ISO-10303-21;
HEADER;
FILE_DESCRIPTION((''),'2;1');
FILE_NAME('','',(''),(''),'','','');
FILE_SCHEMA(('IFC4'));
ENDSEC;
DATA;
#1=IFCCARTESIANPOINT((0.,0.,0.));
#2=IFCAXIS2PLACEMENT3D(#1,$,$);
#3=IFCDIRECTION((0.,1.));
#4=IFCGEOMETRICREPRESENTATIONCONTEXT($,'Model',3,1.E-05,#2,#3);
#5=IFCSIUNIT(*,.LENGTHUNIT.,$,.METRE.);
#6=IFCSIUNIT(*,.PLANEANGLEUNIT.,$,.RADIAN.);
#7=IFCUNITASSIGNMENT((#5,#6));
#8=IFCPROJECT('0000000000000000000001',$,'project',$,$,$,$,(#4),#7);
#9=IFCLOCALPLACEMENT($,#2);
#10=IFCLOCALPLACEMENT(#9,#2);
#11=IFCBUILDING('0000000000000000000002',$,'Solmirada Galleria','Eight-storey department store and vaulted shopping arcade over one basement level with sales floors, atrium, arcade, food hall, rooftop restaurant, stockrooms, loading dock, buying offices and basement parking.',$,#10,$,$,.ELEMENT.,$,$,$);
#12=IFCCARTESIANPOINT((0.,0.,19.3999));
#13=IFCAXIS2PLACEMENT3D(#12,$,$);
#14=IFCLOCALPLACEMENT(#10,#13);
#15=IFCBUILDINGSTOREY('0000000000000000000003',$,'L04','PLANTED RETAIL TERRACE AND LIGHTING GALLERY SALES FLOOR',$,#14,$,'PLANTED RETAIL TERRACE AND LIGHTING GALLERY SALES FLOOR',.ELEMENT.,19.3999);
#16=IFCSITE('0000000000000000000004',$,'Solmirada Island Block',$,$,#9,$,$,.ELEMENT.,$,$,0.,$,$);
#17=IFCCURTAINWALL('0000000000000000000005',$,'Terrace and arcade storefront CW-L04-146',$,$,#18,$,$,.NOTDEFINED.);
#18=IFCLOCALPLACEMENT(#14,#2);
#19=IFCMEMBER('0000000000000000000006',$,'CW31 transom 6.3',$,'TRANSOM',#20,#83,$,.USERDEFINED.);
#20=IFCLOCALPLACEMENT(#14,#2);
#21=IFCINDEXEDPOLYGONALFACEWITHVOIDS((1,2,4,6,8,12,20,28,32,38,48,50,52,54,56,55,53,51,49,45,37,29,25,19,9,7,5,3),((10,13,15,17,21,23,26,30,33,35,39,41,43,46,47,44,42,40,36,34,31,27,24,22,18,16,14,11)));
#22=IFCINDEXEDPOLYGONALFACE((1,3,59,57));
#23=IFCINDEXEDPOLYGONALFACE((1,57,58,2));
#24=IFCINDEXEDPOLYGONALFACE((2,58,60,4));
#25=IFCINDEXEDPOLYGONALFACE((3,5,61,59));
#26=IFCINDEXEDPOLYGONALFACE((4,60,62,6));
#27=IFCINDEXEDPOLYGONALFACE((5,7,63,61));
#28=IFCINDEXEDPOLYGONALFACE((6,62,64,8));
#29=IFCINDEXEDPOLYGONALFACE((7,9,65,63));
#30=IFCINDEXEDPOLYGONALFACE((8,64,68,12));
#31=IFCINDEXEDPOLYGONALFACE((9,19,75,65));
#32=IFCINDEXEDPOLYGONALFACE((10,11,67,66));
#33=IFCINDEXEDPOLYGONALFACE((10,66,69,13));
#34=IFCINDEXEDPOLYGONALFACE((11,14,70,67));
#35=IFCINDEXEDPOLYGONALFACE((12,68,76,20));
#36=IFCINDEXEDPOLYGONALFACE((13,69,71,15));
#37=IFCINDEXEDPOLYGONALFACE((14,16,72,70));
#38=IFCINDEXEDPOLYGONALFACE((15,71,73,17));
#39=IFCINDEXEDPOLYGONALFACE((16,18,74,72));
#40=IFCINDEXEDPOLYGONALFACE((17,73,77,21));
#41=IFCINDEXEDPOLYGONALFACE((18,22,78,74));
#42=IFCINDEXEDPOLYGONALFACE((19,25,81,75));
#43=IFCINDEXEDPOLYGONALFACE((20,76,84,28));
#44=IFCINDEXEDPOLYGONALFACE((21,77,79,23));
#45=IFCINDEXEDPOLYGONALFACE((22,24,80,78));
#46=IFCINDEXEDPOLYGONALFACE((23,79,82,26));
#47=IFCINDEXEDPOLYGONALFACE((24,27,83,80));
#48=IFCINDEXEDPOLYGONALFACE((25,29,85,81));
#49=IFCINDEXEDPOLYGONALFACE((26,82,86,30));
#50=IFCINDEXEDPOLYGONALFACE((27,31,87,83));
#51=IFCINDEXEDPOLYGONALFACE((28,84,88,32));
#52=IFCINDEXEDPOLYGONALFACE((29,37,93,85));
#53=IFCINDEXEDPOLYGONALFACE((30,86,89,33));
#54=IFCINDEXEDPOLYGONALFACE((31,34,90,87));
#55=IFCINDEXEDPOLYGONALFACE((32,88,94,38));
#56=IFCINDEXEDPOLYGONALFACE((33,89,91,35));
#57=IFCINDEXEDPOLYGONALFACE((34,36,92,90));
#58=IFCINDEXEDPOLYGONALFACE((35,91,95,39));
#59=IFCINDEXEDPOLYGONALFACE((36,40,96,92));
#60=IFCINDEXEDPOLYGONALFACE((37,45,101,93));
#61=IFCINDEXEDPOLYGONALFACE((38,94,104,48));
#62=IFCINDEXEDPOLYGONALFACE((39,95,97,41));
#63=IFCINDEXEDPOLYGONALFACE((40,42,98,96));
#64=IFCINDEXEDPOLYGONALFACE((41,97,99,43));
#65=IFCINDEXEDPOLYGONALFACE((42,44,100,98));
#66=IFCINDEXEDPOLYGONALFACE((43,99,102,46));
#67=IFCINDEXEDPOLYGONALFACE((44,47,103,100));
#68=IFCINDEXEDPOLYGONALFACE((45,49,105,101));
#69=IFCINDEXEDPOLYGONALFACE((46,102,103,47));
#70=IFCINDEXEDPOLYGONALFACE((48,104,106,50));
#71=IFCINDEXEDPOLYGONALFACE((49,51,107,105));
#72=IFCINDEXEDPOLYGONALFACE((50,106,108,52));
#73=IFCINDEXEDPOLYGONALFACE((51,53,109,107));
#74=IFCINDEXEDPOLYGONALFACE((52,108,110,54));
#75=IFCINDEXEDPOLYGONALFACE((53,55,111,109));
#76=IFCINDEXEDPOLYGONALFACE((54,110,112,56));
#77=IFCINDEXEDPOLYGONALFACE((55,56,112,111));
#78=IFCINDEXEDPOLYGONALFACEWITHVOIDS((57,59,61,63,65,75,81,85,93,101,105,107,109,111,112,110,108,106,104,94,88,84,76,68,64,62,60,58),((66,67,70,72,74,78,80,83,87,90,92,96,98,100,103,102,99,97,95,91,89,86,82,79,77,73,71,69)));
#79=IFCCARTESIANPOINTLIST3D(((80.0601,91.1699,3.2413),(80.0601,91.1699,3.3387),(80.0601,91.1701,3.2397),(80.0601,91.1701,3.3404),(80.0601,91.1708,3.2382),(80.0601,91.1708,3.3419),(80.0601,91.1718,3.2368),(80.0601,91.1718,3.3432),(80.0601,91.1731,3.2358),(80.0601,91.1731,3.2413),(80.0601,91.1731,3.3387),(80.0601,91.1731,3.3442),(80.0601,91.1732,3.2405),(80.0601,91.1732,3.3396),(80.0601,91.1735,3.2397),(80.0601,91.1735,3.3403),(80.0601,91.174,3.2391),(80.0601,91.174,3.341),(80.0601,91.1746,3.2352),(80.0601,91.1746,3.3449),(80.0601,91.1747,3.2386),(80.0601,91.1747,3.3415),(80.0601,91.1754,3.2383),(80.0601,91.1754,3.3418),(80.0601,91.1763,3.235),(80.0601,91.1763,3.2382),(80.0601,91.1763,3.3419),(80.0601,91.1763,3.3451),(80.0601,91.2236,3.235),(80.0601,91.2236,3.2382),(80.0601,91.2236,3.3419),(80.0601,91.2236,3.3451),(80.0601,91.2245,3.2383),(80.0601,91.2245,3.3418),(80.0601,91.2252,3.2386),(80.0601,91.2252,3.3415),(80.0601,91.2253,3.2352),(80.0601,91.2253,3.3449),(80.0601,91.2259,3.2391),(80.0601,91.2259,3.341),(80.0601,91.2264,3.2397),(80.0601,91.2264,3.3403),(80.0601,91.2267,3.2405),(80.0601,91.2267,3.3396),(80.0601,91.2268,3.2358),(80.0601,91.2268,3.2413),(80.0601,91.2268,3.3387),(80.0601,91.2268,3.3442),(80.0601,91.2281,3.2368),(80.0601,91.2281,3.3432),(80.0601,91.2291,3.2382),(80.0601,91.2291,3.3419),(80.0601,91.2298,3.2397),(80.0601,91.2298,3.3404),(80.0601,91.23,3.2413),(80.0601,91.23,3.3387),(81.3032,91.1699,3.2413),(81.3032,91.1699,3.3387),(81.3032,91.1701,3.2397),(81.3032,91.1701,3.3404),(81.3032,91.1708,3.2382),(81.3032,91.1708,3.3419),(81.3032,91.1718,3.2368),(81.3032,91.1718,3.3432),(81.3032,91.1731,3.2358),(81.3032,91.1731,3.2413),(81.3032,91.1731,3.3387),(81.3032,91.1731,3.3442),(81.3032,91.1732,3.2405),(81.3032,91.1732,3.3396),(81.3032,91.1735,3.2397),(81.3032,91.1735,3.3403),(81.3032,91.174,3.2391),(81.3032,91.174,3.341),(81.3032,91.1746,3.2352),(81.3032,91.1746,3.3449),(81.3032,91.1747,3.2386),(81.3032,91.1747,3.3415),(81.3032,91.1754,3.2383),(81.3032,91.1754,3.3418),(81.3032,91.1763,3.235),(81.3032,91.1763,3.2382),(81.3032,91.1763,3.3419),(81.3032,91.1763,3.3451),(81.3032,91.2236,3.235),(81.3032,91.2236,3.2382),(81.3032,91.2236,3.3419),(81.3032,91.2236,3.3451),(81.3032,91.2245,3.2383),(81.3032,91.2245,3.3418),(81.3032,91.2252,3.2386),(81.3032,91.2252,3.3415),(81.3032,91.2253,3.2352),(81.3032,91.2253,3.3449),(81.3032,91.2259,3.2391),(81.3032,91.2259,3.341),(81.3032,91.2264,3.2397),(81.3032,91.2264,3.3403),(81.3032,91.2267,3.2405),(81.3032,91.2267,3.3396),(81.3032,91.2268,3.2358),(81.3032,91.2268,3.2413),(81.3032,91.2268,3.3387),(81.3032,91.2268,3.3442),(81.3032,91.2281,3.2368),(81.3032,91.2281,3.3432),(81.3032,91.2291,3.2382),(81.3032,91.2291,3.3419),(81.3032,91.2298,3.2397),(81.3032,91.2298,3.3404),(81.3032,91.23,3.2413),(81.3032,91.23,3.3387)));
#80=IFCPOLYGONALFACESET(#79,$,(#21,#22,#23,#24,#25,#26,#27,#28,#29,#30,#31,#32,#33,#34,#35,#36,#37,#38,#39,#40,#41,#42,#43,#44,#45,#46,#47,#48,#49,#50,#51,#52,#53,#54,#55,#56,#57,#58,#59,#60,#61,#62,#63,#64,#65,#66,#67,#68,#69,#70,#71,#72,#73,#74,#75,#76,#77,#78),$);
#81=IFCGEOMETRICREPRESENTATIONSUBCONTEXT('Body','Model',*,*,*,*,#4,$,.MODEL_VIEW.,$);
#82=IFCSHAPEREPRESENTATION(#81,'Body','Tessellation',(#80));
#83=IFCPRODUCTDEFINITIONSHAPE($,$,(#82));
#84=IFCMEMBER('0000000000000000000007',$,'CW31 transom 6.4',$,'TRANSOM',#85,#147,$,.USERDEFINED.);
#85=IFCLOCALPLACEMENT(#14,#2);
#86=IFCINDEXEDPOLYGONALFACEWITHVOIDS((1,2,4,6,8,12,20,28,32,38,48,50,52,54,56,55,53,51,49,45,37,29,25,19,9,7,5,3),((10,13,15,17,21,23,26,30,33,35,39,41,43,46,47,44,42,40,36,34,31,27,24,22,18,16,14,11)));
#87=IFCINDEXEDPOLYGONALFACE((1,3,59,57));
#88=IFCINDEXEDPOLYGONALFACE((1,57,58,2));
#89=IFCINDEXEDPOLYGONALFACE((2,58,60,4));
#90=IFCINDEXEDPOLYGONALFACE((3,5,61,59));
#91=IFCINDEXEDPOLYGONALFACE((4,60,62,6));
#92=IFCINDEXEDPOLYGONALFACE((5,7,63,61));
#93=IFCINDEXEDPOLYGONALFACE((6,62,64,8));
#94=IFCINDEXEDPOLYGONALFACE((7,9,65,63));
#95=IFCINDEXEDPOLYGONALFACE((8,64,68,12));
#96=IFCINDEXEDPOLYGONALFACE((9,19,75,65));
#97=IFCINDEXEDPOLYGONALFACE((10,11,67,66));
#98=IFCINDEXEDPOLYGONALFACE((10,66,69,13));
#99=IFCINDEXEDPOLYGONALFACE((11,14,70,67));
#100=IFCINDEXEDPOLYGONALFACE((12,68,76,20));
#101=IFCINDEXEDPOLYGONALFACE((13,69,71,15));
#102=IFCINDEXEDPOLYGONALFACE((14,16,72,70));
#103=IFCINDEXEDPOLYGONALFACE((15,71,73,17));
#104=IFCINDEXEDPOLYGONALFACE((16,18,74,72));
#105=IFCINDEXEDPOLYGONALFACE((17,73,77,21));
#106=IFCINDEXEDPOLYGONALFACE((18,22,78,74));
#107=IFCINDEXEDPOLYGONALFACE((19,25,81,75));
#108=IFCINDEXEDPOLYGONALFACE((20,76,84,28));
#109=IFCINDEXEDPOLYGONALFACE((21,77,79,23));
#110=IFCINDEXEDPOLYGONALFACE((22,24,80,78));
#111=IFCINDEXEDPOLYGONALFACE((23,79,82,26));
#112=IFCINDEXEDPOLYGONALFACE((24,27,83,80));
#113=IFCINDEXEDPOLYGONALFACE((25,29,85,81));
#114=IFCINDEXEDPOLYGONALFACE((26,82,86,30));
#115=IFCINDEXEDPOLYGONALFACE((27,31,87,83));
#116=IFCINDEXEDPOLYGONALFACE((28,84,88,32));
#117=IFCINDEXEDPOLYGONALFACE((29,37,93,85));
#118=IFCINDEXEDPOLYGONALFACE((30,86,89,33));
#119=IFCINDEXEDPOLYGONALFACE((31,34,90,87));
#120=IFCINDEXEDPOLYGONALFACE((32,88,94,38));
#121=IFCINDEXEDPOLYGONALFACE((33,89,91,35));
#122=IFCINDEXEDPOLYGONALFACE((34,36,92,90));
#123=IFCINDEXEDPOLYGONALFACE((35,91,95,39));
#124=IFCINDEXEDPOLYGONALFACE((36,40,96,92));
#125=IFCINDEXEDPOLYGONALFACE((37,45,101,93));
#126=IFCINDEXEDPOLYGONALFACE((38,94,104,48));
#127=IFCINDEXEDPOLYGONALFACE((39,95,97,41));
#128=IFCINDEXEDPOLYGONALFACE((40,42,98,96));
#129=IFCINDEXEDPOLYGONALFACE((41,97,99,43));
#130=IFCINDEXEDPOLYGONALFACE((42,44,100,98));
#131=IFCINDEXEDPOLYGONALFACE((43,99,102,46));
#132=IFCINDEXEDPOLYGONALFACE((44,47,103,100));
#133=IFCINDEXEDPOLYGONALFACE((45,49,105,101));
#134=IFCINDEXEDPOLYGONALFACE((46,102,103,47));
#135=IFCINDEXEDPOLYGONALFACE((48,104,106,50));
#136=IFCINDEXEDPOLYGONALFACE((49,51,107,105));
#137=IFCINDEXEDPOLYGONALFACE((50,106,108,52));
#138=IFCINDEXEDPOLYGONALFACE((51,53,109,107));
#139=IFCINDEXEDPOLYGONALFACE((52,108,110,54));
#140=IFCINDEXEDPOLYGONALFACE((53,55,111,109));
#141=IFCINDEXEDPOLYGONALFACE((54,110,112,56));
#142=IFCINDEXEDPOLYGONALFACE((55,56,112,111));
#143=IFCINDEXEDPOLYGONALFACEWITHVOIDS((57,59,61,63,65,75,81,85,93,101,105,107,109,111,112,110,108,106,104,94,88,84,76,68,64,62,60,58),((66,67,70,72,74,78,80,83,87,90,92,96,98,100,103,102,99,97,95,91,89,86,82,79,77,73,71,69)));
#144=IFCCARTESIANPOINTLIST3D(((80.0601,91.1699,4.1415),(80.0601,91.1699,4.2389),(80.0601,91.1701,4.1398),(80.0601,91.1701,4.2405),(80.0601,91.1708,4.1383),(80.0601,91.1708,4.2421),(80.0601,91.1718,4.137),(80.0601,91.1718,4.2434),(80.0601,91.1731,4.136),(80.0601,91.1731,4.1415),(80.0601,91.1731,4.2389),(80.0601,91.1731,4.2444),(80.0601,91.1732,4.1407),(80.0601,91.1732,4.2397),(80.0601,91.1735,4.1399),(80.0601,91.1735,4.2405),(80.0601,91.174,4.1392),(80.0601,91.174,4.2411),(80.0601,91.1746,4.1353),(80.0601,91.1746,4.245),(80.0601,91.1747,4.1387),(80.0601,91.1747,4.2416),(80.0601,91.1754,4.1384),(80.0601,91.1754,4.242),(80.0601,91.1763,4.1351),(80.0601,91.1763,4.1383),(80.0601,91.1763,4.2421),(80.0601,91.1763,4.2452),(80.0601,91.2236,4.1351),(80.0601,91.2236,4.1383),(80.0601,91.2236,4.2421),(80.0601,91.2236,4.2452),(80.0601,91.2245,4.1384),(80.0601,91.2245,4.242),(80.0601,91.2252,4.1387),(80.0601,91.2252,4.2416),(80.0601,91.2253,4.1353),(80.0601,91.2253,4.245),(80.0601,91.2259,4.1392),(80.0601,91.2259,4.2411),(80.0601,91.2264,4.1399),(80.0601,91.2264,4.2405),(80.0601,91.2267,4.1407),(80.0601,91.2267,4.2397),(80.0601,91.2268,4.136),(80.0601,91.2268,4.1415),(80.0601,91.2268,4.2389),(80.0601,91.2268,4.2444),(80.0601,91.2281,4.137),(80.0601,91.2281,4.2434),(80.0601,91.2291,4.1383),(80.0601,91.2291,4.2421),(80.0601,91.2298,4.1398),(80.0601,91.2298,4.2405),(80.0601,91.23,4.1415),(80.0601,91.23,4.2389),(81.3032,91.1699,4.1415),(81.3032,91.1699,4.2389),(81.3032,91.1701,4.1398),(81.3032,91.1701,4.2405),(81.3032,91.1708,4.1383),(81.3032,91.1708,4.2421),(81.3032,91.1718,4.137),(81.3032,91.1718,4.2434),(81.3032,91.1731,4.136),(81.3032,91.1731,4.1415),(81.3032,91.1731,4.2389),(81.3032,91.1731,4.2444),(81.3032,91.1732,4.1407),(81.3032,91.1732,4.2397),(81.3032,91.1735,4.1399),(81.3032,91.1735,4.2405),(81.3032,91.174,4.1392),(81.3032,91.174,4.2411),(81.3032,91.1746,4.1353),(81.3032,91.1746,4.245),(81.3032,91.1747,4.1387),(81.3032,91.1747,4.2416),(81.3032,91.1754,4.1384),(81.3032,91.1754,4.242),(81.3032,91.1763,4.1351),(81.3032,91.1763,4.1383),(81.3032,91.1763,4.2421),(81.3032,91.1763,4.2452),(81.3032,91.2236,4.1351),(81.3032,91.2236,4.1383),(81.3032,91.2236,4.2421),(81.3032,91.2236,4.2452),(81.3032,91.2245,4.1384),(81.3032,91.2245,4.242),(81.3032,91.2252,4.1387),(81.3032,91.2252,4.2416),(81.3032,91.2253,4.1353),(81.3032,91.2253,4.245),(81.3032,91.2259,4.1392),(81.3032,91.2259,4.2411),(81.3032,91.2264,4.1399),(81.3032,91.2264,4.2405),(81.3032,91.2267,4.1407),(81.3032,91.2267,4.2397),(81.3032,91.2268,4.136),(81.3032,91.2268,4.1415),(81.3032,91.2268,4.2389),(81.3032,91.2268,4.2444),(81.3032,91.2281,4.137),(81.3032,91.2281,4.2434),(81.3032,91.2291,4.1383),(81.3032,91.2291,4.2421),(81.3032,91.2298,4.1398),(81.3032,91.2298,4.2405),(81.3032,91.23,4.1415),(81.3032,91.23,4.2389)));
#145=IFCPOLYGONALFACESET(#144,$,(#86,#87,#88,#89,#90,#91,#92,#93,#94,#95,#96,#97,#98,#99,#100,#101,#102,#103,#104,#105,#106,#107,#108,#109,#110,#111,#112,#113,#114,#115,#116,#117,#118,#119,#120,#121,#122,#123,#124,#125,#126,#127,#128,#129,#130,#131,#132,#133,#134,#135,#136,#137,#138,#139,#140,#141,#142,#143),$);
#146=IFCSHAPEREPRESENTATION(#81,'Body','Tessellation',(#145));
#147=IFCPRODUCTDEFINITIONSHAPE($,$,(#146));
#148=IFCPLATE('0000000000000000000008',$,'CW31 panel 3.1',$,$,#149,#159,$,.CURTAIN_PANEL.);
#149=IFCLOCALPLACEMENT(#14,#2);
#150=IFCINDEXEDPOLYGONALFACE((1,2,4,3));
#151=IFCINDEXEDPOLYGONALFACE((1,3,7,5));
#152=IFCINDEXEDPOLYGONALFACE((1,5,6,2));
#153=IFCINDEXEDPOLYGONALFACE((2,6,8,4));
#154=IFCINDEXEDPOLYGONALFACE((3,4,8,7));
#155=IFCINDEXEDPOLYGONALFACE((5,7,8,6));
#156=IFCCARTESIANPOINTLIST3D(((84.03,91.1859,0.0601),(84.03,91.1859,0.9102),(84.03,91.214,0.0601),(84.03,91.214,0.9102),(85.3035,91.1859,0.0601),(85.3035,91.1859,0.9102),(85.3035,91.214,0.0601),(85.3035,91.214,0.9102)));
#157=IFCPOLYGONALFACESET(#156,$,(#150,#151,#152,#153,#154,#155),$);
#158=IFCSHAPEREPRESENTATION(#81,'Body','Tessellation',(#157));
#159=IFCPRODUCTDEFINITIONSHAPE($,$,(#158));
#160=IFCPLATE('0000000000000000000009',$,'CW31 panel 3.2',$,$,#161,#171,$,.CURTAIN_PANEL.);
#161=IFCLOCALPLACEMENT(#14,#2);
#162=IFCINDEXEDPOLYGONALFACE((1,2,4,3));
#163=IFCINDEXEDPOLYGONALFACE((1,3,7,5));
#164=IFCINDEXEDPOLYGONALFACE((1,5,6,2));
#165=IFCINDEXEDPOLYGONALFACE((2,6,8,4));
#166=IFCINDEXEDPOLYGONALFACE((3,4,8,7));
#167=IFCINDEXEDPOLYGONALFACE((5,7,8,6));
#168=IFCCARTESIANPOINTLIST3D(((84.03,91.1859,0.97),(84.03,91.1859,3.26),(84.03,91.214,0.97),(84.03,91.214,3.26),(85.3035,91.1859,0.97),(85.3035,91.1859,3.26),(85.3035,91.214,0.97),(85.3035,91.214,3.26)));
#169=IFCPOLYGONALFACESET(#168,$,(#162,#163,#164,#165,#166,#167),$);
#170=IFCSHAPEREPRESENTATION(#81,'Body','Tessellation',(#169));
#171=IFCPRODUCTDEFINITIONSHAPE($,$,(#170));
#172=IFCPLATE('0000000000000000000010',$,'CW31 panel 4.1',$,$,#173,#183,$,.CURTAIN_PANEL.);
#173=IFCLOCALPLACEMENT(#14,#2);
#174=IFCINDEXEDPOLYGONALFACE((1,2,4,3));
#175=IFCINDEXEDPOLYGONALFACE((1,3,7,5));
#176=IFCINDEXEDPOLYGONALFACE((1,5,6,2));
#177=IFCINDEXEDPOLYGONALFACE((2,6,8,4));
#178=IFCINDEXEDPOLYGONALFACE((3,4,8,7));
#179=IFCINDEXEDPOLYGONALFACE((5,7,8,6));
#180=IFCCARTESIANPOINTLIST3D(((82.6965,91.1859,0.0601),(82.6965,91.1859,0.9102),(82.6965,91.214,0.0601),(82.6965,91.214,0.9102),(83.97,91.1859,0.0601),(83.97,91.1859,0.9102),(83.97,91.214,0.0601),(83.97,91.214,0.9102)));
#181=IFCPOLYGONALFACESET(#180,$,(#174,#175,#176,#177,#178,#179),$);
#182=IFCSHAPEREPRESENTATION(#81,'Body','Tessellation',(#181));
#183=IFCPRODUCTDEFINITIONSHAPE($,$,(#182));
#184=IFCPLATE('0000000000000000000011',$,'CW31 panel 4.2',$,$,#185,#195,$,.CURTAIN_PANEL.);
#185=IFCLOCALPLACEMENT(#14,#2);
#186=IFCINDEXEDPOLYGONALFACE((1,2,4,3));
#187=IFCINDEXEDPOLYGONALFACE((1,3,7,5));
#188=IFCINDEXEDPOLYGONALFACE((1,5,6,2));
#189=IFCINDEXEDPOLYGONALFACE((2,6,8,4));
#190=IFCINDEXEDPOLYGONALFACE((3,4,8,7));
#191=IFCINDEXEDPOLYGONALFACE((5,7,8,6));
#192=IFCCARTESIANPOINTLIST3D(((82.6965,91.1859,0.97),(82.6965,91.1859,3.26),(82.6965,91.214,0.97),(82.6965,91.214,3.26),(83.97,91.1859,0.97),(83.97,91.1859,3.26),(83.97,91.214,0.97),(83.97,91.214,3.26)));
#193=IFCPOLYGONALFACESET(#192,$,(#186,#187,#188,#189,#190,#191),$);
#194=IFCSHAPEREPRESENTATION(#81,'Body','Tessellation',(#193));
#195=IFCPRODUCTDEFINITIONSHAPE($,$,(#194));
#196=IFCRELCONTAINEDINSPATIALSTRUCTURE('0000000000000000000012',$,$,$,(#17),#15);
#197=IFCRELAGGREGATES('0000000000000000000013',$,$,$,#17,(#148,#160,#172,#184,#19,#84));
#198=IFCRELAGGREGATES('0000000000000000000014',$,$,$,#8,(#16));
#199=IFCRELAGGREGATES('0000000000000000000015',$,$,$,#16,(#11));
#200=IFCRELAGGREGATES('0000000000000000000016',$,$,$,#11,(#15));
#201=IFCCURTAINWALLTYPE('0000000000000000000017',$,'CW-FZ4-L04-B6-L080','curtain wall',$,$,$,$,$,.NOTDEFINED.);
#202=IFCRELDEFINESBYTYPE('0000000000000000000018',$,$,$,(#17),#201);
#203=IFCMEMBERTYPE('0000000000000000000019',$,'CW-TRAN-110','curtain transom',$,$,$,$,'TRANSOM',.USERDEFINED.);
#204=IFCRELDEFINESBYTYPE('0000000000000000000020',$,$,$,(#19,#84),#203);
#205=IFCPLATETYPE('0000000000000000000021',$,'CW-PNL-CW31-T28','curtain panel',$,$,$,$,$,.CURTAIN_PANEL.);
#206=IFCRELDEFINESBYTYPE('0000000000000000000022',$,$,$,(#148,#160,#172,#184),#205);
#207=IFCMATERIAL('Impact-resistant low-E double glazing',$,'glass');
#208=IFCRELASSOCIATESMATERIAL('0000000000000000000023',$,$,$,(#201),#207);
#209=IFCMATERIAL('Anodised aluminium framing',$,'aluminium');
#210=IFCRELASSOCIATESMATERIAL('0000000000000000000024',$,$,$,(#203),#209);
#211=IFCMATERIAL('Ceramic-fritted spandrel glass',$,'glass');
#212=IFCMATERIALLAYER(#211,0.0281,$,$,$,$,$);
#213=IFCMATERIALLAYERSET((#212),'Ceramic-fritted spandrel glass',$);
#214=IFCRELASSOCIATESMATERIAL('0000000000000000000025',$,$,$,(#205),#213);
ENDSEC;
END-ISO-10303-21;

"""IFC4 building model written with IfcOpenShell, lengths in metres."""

from ifc_helpers import new_model, si_unit, direction, frame, origin, origin_2d, place, context, subcontext, project, spatial, rectangle, hollow_rectangle, extrude, material, layer, layer_set, material_profile, profile_set, type_object, element, aggregate, save


model = new_model("IFC4")

# Units and contexts
model_context = context("Model", 3, precision=1e-05, world=origin(), true_north=direction((0.0, 1.0)))
body_context = subcontext(model_context, "Body", "Model", "MODEL_VIEW")
ifc_project = project(units=[si_unit("LENGTHUNIT", "METRE"), si_unit("PLANEANGLEUNIT", "RADIAN")], contexts=[model_context])

# Site, building, storey
site_placement = place(None, origin())
site = spatial("IfcSite", under=ifc_project, at=site_placement, Name="Solmirada Island Block", CompositionType="ELEMENT", RefElevation=0.0)
building_placement = place(site_placement, origin())
building = spatial("IfcBuilding", under=site, at=building_placement, Name="Solmirada Galleria", Description="Eight-storey department store and vaulted shopping arcade over one basement level with sales floors, atrium, arcade, food hall, rooftop restaurant, stockrooms, loading dock, buying offices and basement parking.", CompositionType="ELEMENT")
storey_placement = place(building_placement, frame((0.0, 0.0, 19.3999)))
storey = spatial("IfcBuildingStorey", under=building, at=storey_placement, Name="L04", Description="PLANTED RETAIL TERRACE AND LIGHTING GALLERY SALES FLOOR", LongName="PLANTED RETAIL TERRACE AND LIGHTING GALLERY SALES FLOOR", CompositionType="ELEMENT", Elevation=19.3999)

# Curtain wall, members, plates
ifc_material_1 = material(Name="Impact-resistant low-E double glazing", Category="glass")
curtain_wall_type = type_object("IfcCurtainWallType", Name="CW-FZ4-L04-B6-L080", Description="curtain wall", PredefinedType="NOTDEFINED", material=ifc_material_1)
curtain_wall_placement = place(storey_placement, origin())
curtain_wall = element("IfcCurtainWall", 1, at=curtain_wall_placement, inside=storey, type_object=curtain_wall_type, Name="Terrace and arcade storefront CW-L04-146", PredefinedType="NOTDEFINED")
ifc_material_2 = material(Name="Anodised aluminium framing", Category="aluminium")
ifc_material_profile_1 = material_profile(ifc_material_2, hollow_rectangle(XDim=0.0601, YDim=0.1101, WallThickness=0.0032, InnerFilletRadius=0.0032, OuterFilletRadius=0.0063, at=origin_2d()), Name="ALU-TRAN-110X60")
ifc_profile_set_1 = profile_set([ifc_material_profile_1], Name="Anodised aluminium framing")
member_type_1 = type_object("IfcMemberType", Name="CW-TRAN-110", Description="curtain transom", ElementType="TRANSOM", PredefinedType="USERDEFINED", material=ifc_profile_set_1)
member_1_placement = place(storey_placement, frame((81.3032, 91.2, 3.29), z_axis=(-1.0, 0.0, 0.0), x_axis=(0.0, -1.0, 0.0)))
member_1 = element("IfcMember", 2, at=member_1_placement, type_object=member_type_1, Name="CW31 transom 6.3", ObjectType="TRANSOM", PredefinedType="USERDEFINED", context=body_context, shape_type="SweptSolid", body=[
    extrude(hollow_rectangle(XDim=0.0601, YDim=0.1101, WallThickness=0.0032, InnerFilletRadius=0.0032, OuterFilletRadius=0.0063, at=origin_2d()), origin(), (0.0, 0.0, 1.0), 1.2432),
])
member_2_placement = place(storey_placement, frame((81.3032, 91.2, 4.1902), z_axis=(-1.0, 0.0, 0.0), x_axis=(0.0, -1.0, 0.0)))
member_2 = element("IfcMember", 3, at=member_2_placement, type_object=member_type_1, Name="CW31 transom 6.4", ObjectType="TRANSOM", PredefinedType="USERDEFINED", context=body_context, shape_type="SweptSolid", body=[
    extrude(hollow_rectangle(XDim=0.0601, YDim=0.1101, WallThickness=0.0032, InnerFilletRadius=0.0032, OuterFilletRadius=0.0063, at=origin_2d()), origin(), (0.0, 0.0, 1.0), 1.2432),
])
ifc_material_3 = material(Name="Ceramic-fritted spandrel glass", Category="glass")
ifc_layer = layer(ifc_material_3, 0.0281)
ifc_layer_set = layer_set([ifc_layer], Name="Ceramic-fritted spandrel glass")
plate_type = type_object("IfcPlateType", Name="CW-PNL-CW31-T28", Description="curtain panel", PredefinedType="CURTAIN_PANEL", material=ifc_layer_set)
plate_1_placement = place(storey_placement, frame((84.6667, 91.2, 0.0601), z_axis=(0.0, 0.0, 1.0), x_axis=(-1.0, 0.0, 0.0)))
plate_1 = element("IfcPlate", 4, at=plate_1_placement, type_object=plate_type, Name="CW31 panel 3.1", PredefinedType="CURTAIN_PANEL", context=body_context, shape_type="SweptSolid", body=[
    extrude(rectangle(XDim=1.2734, YDim=0.0281, at=origin_2d()), origin(), (0.0, 0.0, 1.0), 0.8501),
])
plate_2_placement = place(storey_placement, frame((84.6667, 91.2, 0.97), z_axis=(0.0, 0.0, 1.0), x_axis=(-1.0, 0.0, 0.0)))
plate_2 = element("IfcPlate", 5, at=plate_2_placement, type_object=plate_type, Name="CW31 panel 3.2", PredefinedType="CURTAIN_PANEL", context=body_context, shape_type="SweptSolid", body=[
    extrude(rectangle(XDim=1.2734, YDim=0.0281, at=origin_2d()), origin(), (0.0, 0.0, 1.0), 2.29),
])
plate_3_placement = place(storey_placement, frame((83.3333, 91.2, 0.0601), z_axis=(0.0, 0.0, 1.0), x_axis=(-1.0, 0.0, 0.0)))
plate_3 = element("IfcPlate", 6, at=plate_3_placement, type_object=plate_type, Name="CW31 panel 4.1", PredefinedType="CURTAIN_PANEL", context=body_context, shape_type="SweptSolid", body=[
    extrude(rectangle(XDim=1.2734, YDim=0.0281, at=origin_2d()), origin(), (0.0, 0.0, 1.0), 0.8501),
])
plate_4_placement = place(storey_placement, frame((83.3333, 91.2, 0.97), z_axis=(0.0, 0.0, 1.0), x_axis=(-1.0, 0.0, 0.0)))
plate_4 = element("IfcPlate", 7, at=plate_4_placement, type_object=plate_type, Name="CW31 panel 4.2", PredefinedType="CURTAIN_PANEL", context=body_context, shape_type="SweptSolid", body=[
    extrude(rectangle(XDim=1.2734, YDim=0.0281, at=origin_2d()), origin(), (0.0, 0.0, 1.0), 2.29),
])
aggregate(curtain_wall, [plate_1, plate_2, plate_3, plate_4, member_1, member_2])

save(model, "model.ifc")
